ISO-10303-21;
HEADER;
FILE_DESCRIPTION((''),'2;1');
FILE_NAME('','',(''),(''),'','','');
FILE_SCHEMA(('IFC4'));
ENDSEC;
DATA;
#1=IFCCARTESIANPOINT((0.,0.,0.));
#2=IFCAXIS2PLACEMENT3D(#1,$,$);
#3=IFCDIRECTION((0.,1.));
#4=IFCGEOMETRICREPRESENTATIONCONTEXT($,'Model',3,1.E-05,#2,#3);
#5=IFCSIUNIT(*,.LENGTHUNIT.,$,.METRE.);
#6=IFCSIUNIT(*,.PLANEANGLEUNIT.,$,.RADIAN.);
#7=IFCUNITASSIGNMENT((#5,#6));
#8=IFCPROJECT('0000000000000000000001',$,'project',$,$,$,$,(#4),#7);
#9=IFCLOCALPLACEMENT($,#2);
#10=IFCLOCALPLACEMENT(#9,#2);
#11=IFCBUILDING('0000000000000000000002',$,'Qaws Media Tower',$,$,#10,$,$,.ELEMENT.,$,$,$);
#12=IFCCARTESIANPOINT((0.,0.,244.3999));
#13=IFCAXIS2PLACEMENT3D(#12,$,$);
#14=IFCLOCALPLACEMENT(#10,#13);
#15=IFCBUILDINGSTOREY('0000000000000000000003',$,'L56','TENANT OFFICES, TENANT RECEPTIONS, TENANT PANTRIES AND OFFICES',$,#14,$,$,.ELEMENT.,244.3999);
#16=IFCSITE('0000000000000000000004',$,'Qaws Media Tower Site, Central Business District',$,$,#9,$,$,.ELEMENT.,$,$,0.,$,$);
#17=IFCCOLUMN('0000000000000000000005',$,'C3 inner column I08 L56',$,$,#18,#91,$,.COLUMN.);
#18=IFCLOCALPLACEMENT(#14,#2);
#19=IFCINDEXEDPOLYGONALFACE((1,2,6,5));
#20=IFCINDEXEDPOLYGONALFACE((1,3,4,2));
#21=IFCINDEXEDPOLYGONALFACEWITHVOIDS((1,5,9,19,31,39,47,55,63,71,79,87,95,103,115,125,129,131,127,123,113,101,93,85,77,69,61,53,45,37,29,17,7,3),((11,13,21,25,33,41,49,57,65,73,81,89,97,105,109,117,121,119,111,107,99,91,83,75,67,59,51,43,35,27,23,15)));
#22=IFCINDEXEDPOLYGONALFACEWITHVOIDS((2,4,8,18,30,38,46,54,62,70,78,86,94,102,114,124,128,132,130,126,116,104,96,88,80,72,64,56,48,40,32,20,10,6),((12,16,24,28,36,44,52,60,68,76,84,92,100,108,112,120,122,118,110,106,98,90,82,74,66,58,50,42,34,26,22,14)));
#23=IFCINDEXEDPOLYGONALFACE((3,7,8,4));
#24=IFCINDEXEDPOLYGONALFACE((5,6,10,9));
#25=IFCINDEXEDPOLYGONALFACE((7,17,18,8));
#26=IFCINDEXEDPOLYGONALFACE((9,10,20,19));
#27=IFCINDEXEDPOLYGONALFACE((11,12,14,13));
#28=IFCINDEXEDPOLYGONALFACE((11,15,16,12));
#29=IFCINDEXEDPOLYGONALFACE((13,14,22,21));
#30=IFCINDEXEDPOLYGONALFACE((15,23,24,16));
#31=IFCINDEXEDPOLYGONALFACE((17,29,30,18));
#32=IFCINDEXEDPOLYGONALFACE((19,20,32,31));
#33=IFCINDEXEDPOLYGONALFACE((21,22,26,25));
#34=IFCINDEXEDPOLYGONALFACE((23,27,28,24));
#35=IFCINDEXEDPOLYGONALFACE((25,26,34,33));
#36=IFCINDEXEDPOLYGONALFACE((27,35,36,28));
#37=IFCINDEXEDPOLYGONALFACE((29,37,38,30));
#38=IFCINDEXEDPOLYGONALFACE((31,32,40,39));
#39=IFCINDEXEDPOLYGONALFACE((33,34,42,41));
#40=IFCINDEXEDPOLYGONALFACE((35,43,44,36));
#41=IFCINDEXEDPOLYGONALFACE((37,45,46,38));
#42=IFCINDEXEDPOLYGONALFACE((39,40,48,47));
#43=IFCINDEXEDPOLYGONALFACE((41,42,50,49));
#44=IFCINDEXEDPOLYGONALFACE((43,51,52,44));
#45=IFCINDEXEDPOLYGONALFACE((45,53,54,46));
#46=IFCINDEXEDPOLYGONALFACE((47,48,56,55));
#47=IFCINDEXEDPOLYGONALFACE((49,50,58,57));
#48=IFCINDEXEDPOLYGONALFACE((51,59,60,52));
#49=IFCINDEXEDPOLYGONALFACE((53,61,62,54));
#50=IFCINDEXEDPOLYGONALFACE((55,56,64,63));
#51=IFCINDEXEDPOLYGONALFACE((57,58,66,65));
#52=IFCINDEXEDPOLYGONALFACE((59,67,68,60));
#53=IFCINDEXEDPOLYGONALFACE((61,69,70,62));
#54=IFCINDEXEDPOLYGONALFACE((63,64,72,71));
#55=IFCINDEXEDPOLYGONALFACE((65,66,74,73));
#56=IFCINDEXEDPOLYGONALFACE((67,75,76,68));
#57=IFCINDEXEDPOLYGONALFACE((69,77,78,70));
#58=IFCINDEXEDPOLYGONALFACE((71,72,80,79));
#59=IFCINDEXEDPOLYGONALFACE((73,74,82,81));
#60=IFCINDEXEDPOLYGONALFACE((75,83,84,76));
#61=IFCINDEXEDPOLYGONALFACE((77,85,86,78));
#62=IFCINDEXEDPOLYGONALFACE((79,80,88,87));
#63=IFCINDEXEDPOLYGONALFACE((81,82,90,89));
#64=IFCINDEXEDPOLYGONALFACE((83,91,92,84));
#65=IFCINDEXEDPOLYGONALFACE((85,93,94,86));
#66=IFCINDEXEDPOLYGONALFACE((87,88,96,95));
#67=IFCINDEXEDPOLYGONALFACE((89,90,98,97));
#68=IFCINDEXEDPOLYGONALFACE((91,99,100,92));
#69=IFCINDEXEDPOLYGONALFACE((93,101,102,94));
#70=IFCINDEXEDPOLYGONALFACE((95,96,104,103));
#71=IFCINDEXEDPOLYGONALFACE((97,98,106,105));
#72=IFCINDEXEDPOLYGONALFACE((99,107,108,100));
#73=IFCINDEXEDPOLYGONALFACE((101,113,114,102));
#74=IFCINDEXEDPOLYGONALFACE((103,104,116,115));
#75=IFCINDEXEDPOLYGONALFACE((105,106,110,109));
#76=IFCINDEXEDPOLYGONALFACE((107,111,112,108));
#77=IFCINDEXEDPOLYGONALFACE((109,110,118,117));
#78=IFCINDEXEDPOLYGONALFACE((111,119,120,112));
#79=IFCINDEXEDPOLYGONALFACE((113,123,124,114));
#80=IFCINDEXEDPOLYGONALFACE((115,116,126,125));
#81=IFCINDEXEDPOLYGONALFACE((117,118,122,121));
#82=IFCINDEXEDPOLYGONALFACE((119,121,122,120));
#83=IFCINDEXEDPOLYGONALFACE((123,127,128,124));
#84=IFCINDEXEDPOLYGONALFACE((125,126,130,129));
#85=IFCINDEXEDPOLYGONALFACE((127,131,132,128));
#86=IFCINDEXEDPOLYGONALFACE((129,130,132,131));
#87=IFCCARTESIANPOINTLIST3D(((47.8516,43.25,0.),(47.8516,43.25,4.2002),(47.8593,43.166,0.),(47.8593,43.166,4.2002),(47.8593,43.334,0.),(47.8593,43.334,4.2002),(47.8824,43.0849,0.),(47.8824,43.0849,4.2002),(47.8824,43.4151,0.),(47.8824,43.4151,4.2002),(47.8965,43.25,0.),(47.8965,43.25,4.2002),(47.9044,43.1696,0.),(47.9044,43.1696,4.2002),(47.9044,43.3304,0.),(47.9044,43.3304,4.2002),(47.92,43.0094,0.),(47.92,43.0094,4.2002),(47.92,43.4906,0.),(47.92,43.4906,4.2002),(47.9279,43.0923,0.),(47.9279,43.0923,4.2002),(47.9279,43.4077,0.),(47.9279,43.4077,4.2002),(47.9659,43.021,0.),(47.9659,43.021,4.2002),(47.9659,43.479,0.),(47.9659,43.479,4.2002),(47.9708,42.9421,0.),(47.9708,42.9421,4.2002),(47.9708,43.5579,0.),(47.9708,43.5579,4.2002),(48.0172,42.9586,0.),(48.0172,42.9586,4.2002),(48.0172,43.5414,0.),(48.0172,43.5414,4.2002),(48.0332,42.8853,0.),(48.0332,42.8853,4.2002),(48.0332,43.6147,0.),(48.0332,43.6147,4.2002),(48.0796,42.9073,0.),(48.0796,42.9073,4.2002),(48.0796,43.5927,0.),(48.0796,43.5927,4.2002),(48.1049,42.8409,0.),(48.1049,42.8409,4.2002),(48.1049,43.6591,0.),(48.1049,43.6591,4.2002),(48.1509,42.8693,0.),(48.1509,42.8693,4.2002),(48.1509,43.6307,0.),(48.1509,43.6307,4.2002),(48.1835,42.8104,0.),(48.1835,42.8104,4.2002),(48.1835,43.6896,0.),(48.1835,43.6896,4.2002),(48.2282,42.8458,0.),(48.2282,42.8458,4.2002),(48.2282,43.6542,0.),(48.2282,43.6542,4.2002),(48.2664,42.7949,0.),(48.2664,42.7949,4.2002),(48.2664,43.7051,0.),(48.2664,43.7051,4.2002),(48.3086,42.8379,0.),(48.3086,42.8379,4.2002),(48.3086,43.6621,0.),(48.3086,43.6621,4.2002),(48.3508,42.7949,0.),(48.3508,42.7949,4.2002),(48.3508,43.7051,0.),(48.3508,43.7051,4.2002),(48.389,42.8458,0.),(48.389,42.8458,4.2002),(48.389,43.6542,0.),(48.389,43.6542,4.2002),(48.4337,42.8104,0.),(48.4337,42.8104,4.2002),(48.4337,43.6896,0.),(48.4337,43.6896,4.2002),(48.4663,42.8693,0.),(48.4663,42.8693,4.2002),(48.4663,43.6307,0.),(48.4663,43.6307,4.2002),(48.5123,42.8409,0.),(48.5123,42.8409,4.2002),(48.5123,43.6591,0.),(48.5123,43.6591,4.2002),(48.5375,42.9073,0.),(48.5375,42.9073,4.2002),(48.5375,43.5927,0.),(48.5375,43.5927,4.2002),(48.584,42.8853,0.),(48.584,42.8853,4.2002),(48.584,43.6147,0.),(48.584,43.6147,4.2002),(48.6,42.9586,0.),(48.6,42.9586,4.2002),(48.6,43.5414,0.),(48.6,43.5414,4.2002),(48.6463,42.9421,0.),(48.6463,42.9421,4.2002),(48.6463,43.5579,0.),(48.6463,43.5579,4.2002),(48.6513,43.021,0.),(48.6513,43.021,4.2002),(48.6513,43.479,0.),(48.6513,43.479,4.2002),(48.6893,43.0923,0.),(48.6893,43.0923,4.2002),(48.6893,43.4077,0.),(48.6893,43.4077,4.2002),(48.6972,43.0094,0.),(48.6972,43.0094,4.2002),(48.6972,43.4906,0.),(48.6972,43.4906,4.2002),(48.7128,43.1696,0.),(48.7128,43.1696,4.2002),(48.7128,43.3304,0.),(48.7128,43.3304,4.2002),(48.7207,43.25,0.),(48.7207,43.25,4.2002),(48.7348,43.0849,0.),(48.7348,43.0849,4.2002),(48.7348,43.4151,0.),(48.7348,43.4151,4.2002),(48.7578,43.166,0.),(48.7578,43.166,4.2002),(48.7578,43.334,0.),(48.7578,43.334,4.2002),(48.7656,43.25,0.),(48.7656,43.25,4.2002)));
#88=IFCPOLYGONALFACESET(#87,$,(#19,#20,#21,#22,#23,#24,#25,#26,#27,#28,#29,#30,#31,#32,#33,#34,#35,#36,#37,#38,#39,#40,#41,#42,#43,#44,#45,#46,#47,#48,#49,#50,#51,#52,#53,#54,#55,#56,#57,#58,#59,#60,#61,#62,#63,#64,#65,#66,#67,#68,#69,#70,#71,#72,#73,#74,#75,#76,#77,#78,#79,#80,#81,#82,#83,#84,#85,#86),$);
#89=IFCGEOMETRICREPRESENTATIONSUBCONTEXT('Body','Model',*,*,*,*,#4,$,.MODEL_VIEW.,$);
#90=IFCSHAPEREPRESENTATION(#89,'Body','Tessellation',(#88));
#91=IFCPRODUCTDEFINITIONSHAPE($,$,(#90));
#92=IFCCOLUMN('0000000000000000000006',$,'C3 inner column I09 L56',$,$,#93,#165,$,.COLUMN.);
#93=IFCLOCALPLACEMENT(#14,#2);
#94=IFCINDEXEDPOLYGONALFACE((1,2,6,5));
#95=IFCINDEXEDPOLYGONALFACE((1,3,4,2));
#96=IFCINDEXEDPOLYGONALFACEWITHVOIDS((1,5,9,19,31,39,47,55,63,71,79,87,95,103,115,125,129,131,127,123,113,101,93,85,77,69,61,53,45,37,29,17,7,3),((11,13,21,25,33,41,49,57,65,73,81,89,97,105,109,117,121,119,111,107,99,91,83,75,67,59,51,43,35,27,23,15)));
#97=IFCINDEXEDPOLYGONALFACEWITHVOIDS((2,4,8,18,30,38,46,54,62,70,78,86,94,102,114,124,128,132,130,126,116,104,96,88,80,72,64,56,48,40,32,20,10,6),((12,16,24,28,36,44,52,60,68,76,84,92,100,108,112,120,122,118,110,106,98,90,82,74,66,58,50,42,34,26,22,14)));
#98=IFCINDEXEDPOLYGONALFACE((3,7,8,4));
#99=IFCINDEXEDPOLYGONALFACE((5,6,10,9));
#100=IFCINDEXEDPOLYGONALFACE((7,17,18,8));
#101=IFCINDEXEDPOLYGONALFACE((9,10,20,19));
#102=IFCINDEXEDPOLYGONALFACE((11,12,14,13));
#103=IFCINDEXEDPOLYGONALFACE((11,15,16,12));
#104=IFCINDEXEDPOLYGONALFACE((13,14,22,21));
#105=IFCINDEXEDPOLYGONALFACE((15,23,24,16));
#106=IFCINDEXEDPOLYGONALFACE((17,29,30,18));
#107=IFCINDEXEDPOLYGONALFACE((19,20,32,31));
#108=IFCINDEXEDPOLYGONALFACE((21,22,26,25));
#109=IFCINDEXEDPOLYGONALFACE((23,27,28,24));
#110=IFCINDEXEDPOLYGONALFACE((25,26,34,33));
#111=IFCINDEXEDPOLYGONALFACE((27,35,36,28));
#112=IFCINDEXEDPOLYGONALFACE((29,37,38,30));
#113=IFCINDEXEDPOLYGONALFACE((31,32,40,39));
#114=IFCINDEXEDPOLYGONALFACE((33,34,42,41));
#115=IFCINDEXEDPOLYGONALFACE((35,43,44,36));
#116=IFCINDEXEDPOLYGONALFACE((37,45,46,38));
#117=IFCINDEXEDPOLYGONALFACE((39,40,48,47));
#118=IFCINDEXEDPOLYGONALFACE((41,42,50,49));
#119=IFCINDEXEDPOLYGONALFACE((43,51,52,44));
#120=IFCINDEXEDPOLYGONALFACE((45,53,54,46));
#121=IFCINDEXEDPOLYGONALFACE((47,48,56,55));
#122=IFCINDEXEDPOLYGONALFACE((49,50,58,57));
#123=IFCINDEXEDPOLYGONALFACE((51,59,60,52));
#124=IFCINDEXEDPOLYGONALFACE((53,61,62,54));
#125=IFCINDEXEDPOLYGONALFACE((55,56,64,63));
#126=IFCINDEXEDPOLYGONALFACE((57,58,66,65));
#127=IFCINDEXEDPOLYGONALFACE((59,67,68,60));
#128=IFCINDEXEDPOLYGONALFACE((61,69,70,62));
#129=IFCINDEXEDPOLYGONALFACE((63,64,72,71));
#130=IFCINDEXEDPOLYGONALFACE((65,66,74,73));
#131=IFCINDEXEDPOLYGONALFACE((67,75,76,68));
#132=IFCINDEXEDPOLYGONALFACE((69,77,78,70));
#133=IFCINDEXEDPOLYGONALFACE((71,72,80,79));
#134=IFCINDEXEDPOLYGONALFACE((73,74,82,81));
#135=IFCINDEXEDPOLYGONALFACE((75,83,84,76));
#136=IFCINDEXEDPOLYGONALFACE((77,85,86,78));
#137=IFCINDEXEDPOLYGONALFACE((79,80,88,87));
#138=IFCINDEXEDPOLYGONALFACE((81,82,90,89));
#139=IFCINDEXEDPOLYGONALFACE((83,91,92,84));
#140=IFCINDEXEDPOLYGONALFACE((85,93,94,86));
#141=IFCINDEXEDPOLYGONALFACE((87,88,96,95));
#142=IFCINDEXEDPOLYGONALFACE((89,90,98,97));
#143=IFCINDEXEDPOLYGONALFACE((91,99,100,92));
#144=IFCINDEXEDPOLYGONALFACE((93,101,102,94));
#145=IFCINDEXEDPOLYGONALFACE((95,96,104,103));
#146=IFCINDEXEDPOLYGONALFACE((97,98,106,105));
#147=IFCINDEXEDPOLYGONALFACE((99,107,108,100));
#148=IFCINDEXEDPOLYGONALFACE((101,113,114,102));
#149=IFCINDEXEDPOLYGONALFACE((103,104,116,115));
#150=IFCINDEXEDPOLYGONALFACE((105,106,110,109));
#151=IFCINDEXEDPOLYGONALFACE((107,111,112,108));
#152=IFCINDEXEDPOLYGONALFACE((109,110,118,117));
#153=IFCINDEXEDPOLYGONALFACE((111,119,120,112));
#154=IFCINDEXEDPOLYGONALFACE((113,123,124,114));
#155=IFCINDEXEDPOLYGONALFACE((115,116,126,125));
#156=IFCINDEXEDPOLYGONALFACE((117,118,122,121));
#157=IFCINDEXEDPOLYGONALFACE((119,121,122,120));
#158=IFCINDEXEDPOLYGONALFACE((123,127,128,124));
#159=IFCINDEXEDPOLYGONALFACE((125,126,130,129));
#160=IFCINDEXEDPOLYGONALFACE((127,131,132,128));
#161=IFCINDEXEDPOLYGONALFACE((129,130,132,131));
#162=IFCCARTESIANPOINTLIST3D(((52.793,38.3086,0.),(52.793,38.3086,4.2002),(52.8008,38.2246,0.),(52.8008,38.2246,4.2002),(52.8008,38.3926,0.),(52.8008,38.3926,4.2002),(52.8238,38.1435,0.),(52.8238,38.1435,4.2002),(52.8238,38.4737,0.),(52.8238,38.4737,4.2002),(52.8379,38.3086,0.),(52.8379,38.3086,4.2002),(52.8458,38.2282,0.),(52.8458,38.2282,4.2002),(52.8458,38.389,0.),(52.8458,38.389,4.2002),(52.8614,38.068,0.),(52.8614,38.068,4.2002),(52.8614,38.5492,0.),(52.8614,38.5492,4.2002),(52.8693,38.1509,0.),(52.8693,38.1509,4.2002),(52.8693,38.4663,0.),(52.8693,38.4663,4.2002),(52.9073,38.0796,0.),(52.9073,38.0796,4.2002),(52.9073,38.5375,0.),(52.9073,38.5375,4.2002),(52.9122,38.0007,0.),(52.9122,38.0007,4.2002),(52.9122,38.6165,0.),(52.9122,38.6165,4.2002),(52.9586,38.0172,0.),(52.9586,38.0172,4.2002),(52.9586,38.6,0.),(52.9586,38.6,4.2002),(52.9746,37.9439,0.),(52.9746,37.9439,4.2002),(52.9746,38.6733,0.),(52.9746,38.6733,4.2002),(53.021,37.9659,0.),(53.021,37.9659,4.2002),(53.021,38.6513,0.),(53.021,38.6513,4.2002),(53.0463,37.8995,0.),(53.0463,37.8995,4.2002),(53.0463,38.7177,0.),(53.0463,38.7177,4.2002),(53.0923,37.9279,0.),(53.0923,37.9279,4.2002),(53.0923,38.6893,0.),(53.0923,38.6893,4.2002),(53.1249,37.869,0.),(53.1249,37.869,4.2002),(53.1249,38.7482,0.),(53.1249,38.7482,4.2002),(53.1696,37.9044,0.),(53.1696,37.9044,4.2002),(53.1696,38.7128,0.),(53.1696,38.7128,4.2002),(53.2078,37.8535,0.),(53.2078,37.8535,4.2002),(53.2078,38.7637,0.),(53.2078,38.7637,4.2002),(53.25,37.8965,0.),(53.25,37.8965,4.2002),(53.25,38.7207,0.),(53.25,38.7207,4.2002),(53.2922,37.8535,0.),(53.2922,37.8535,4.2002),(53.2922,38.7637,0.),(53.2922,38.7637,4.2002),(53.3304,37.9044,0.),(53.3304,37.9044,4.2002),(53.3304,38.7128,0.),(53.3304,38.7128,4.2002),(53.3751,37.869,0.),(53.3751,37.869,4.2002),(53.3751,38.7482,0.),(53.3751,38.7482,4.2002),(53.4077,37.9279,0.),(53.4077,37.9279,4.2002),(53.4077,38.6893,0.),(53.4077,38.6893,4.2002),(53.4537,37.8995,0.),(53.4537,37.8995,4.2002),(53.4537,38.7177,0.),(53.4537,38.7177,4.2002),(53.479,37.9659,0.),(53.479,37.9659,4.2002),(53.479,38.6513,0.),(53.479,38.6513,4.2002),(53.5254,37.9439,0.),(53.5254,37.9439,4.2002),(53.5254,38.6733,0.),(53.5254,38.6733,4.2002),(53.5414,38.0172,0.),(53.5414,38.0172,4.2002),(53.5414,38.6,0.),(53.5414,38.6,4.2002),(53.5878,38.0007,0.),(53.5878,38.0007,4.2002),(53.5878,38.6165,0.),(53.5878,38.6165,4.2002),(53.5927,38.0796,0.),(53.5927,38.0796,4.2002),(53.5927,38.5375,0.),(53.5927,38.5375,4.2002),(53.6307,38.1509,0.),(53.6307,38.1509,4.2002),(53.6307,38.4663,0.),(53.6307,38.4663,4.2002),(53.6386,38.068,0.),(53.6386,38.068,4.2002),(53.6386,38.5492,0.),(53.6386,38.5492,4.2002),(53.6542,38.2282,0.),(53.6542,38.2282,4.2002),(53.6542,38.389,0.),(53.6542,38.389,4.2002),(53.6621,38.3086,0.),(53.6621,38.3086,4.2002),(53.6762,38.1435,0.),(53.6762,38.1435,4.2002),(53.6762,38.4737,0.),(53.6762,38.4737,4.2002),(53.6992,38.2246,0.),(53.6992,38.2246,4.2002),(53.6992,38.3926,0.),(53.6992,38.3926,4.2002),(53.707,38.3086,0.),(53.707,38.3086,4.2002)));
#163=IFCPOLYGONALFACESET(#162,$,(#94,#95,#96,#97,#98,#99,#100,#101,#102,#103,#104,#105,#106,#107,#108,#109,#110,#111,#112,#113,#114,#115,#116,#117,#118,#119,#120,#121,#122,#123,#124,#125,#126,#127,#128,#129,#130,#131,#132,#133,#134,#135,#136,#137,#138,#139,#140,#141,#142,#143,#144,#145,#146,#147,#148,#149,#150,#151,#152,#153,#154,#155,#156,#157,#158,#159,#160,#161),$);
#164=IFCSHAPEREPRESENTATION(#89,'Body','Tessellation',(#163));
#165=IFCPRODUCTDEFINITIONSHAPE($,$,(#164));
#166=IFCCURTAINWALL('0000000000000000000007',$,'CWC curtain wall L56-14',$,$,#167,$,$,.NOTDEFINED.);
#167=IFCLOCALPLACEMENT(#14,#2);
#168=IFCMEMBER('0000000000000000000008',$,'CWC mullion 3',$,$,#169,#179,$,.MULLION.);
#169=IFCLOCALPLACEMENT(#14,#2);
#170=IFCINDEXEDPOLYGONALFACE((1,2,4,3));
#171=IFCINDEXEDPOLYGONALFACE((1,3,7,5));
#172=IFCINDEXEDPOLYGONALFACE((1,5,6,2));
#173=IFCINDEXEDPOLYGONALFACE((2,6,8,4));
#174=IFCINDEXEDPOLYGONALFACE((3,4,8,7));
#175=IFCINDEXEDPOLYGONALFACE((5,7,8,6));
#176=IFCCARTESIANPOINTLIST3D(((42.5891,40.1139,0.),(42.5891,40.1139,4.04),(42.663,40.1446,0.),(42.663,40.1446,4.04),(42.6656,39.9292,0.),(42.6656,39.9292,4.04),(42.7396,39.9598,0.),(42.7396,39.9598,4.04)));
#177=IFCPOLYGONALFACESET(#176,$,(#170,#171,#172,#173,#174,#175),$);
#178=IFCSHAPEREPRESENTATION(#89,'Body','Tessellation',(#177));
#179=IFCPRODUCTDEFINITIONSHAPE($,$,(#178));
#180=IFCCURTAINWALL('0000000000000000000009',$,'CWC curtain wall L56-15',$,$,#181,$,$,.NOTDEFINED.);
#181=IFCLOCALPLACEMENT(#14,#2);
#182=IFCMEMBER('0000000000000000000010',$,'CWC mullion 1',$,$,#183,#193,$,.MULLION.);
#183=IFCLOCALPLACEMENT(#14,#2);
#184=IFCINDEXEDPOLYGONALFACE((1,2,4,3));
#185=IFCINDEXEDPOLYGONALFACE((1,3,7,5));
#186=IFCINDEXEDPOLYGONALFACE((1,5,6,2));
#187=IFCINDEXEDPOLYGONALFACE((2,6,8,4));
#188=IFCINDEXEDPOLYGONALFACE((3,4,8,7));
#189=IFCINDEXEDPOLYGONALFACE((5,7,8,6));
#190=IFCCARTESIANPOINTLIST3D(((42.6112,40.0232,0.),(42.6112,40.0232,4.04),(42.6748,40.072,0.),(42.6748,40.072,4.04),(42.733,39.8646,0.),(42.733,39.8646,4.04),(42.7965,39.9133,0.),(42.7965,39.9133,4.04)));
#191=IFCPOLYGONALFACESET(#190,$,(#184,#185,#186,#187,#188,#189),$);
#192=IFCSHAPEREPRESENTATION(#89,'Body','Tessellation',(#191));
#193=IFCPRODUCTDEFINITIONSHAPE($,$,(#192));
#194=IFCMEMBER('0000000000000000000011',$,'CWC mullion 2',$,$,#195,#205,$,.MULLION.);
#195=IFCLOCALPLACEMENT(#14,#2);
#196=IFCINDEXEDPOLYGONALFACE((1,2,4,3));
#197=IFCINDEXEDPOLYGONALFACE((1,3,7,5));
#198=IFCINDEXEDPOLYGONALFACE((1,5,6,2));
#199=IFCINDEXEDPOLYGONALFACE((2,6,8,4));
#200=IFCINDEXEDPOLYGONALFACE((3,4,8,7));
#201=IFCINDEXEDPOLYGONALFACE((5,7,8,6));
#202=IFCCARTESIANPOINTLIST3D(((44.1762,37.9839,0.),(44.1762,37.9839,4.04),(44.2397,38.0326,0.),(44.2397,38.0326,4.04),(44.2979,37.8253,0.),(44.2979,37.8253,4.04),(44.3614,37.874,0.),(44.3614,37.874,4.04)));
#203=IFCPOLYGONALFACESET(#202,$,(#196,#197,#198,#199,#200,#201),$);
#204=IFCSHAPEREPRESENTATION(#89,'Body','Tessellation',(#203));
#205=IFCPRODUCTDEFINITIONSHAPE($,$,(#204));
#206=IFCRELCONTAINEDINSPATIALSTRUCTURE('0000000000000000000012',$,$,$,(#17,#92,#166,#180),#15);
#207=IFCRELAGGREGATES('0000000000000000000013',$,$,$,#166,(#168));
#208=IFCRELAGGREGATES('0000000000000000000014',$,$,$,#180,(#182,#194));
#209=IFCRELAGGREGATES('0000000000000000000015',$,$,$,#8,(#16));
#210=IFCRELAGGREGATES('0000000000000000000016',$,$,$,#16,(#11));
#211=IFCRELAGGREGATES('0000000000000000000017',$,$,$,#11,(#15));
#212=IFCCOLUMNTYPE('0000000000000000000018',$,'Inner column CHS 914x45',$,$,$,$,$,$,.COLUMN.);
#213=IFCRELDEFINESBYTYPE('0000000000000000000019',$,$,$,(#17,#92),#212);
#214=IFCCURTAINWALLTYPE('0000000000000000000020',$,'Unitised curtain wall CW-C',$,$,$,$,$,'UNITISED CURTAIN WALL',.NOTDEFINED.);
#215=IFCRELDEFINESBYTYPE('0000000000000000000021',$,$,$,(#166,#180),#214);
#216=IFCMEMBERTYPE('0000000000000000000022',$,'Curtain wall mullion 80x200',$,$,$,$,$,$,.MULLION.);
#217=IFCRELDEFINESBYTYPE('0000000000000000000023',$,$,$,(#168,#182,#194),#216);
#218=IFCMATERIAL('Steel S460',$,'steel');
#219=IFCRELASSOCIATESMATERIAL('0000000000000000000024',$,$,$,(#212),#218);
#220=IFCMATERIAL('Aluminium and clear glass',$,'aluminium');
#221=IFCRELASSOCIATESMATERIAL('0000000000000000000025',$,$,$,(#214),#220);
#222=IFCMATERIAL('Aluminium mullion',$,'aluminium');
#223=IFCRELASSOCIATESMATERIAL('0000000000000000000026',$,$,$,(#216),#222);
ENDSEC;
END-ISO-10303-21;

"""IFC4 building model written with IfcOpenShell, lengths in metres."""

from ifc_helpers import new_model, si_unit, direction, frame, origin, origin_2d, place, context, subcontext, project, spatial, rectangle, hollow_circle, extrude, material, material_profile, profile_set, type_object, element, aggregate, save


model = new_model("IFC4")

# Units and contexts
model_context = context("Model", 3, precision=1e-05, world=origin(), true_north=direction((0.0, 1.0)))
body_context = subcontext(model_context, "Body", "Model", "MODEL_VIEW")
ifc_project = project(units=[si_unit("LENGTHUNIT", "METRE"), si_unit("PLANEANGLEUNIT", "RADIAN")], contexts=[model_context])

# Site, building, storey
site_placement = place(None, origin())
site = spatial("IfcSite", under=ifc_project, at=site_placement, Name="Qaws Media Tower Site, Central Business District", CompositionType="ELEMENT", RefElevation=0.0)
building_placement = place(site_placement, origin())
building = spatial("IfcBuilding", under=site, at=building_placement, Name="Qaws Media Tower", CompositionType="ELEMENT")
storey_placement = place(building_placement, frame((0.0, 0.0, 244.3999)))
storey = spatial("IfcBuildingStorey", under=building, at=storey_placement, Name="L56", Description="TENANT OFFICES, TENANT RECEPTIONS, TENANT PANTRIES AND OFFICES", CompositionType="ELEMENT", Elevation=244.3999)

# Columns
ifc_material_1 = material(Name="Steel S460", Category="steel")
ifc_material_profile_1 = material_profile(ifc_material_1, hollow_circle(Radius=0.457, WallThickness=0.0449, at=origin_2d()), Name="CHS 914x45")
ifc_profile_set_1 = profile_set([ifc_material_profile_1], Name="Steel S460")
column_type = type_object("IfcColumnType", Name="Inner column CHS 914x45", PredefinedType="COLUMN", material=ifc_profile_set_1)
for number, where, z_axis, x_axis, name in (
    (1, (48.3086, 43.25, 0.0), (0.0, 0.0, 1.0), (1.0, 0.0, 0.0), "C3 inner column I08 L56"),
    (2, (53.25, 38.3086, 0.0), (0.0, 0.0, 1.0), (1.0, 0.0, 0.0), "C3 inner column I09 L56"),
):
    element("IfcColumn", number, at=place(storey_placement, frame(where, z_axis=z_axis, x_axis=x_axis)), inside=storey, type_object=column_type, Name=name, PredefinedType="COLUMN", context=body_context, shape_type="SweptSolid", body=[
        extrude(hollow_circle(Radius=0.457, WallThickness=0.0449, at=origin_2d()), origin(), (0.0, 0.0, 1.0), 4.2002),
    ])

# Curtain wall, member
ifc_material_2 = material(Name="Aluminium and clear glass", Category="aluminium")
curtain_wall_type = type_object("IfcCurtainWallType", Name="Unitised curtain wall CW-C", ElementType="UNITISED CURTAIN WALL", PredefinedType="NOTDEFINED", material=ifc_material_2)
curtain_wall_1_placement = place(storey_placement, origin())
curtain_wall_1 = element("IfcCurtainWall", 3, at=curtain_wall_1_placement, inside=storey, type_object=curtain_wall_type, Name="CWC curtain wall L56-14", PredefinedType="NOTDEFINED")
ifc_material_3 = material(Name="Aluminium mullion", Category="aluminium")
ifc_material_profile_2 = material_profile(ifc_material_3, rectangle(XDim=0.0801, YDim=0.2, at=origin_2d()), Name="80x200")
ifc_profile_set_2 = profile_set([ifc_material_profile_2], Name="Aluminium mullion")
member_type_1 = type_object("IfcMemberType", Name="Curtain wall mullion 80x200", PredefinedType="MULLION", material=ifc_profile_set_2)
member_1_placement = place(storey_placement, frame((42.6643, 40.0369, 0.0), z_axis=(0.0, 0.0, 1.0), x_axis=(0.923879, 0.382684, 0.0)))
member_1 = element("IfcMember", 4, at=member_1_placement, type_object=member_type_1, Name="CWC mullion 3", PredefinedType="MULLION", context=body_context, shape_type="SweptSolid", body=[
    extrude(rectangle(XDim=0.0801, YDim=0.2, at=origin_2d()), origin(), (0.0, 0.0, 1.0), 4.04),
])

# Curtain wall, members
curtain_wall_2_placement = place(storey_placement, origin())
curtain_wall_2 = element("IfcCurtainWall", 5, at=curtain_wall_2_placement, inside=storey, type_object=curtain_wall_type, Name="CWC curtain wall L56-15", PredefinedType="NOTDEFINED")
member_2_placement = place(storey_placement, frame((42.7039, 39.9683, 0.0), z_axis=(0.0, 0.0, 1.0), x_axis=(0.793353, 0.608761, 0.0)))
member_2 = element("IfcMember", 6, at=member_2_placement, type_object=member_type_1, Name="CWC mullion 1", PredefinedType="MULLION", context=body_context, shape_type="SweptSolid", body=[
    extrude(rectangle(XDim=0.0801, YDim=0.2, at=origin_2d()), origin(), (0.0, 0.0, 1.0), 4.04),
])
member_3_placement = place(storey_placement, frame((44.2688, 37.929, 0.0), z_axis=(0.0, 0.0, 1.0), x_axis=(0.793353, 0.608761, 0.0)))
member_3 = element("IfcMember", 7, at=member_3_placement, type_object=member_type_1, Name="CWC mullion 2", PredefinedType="MULLION", context=body_context, shape_type="SweptSolid", body=[
    extrude(rectangle(XDim=0.0801, YDim=0.2, at=origin_2d()), origin(), (0.0, 0.0, 1.0), 4.04),
])

aggregate(curtain_wall_1, [member_1])
aggregate(curtain_wall_2, [member_2, member_3])

save(model, "model.ifc")
